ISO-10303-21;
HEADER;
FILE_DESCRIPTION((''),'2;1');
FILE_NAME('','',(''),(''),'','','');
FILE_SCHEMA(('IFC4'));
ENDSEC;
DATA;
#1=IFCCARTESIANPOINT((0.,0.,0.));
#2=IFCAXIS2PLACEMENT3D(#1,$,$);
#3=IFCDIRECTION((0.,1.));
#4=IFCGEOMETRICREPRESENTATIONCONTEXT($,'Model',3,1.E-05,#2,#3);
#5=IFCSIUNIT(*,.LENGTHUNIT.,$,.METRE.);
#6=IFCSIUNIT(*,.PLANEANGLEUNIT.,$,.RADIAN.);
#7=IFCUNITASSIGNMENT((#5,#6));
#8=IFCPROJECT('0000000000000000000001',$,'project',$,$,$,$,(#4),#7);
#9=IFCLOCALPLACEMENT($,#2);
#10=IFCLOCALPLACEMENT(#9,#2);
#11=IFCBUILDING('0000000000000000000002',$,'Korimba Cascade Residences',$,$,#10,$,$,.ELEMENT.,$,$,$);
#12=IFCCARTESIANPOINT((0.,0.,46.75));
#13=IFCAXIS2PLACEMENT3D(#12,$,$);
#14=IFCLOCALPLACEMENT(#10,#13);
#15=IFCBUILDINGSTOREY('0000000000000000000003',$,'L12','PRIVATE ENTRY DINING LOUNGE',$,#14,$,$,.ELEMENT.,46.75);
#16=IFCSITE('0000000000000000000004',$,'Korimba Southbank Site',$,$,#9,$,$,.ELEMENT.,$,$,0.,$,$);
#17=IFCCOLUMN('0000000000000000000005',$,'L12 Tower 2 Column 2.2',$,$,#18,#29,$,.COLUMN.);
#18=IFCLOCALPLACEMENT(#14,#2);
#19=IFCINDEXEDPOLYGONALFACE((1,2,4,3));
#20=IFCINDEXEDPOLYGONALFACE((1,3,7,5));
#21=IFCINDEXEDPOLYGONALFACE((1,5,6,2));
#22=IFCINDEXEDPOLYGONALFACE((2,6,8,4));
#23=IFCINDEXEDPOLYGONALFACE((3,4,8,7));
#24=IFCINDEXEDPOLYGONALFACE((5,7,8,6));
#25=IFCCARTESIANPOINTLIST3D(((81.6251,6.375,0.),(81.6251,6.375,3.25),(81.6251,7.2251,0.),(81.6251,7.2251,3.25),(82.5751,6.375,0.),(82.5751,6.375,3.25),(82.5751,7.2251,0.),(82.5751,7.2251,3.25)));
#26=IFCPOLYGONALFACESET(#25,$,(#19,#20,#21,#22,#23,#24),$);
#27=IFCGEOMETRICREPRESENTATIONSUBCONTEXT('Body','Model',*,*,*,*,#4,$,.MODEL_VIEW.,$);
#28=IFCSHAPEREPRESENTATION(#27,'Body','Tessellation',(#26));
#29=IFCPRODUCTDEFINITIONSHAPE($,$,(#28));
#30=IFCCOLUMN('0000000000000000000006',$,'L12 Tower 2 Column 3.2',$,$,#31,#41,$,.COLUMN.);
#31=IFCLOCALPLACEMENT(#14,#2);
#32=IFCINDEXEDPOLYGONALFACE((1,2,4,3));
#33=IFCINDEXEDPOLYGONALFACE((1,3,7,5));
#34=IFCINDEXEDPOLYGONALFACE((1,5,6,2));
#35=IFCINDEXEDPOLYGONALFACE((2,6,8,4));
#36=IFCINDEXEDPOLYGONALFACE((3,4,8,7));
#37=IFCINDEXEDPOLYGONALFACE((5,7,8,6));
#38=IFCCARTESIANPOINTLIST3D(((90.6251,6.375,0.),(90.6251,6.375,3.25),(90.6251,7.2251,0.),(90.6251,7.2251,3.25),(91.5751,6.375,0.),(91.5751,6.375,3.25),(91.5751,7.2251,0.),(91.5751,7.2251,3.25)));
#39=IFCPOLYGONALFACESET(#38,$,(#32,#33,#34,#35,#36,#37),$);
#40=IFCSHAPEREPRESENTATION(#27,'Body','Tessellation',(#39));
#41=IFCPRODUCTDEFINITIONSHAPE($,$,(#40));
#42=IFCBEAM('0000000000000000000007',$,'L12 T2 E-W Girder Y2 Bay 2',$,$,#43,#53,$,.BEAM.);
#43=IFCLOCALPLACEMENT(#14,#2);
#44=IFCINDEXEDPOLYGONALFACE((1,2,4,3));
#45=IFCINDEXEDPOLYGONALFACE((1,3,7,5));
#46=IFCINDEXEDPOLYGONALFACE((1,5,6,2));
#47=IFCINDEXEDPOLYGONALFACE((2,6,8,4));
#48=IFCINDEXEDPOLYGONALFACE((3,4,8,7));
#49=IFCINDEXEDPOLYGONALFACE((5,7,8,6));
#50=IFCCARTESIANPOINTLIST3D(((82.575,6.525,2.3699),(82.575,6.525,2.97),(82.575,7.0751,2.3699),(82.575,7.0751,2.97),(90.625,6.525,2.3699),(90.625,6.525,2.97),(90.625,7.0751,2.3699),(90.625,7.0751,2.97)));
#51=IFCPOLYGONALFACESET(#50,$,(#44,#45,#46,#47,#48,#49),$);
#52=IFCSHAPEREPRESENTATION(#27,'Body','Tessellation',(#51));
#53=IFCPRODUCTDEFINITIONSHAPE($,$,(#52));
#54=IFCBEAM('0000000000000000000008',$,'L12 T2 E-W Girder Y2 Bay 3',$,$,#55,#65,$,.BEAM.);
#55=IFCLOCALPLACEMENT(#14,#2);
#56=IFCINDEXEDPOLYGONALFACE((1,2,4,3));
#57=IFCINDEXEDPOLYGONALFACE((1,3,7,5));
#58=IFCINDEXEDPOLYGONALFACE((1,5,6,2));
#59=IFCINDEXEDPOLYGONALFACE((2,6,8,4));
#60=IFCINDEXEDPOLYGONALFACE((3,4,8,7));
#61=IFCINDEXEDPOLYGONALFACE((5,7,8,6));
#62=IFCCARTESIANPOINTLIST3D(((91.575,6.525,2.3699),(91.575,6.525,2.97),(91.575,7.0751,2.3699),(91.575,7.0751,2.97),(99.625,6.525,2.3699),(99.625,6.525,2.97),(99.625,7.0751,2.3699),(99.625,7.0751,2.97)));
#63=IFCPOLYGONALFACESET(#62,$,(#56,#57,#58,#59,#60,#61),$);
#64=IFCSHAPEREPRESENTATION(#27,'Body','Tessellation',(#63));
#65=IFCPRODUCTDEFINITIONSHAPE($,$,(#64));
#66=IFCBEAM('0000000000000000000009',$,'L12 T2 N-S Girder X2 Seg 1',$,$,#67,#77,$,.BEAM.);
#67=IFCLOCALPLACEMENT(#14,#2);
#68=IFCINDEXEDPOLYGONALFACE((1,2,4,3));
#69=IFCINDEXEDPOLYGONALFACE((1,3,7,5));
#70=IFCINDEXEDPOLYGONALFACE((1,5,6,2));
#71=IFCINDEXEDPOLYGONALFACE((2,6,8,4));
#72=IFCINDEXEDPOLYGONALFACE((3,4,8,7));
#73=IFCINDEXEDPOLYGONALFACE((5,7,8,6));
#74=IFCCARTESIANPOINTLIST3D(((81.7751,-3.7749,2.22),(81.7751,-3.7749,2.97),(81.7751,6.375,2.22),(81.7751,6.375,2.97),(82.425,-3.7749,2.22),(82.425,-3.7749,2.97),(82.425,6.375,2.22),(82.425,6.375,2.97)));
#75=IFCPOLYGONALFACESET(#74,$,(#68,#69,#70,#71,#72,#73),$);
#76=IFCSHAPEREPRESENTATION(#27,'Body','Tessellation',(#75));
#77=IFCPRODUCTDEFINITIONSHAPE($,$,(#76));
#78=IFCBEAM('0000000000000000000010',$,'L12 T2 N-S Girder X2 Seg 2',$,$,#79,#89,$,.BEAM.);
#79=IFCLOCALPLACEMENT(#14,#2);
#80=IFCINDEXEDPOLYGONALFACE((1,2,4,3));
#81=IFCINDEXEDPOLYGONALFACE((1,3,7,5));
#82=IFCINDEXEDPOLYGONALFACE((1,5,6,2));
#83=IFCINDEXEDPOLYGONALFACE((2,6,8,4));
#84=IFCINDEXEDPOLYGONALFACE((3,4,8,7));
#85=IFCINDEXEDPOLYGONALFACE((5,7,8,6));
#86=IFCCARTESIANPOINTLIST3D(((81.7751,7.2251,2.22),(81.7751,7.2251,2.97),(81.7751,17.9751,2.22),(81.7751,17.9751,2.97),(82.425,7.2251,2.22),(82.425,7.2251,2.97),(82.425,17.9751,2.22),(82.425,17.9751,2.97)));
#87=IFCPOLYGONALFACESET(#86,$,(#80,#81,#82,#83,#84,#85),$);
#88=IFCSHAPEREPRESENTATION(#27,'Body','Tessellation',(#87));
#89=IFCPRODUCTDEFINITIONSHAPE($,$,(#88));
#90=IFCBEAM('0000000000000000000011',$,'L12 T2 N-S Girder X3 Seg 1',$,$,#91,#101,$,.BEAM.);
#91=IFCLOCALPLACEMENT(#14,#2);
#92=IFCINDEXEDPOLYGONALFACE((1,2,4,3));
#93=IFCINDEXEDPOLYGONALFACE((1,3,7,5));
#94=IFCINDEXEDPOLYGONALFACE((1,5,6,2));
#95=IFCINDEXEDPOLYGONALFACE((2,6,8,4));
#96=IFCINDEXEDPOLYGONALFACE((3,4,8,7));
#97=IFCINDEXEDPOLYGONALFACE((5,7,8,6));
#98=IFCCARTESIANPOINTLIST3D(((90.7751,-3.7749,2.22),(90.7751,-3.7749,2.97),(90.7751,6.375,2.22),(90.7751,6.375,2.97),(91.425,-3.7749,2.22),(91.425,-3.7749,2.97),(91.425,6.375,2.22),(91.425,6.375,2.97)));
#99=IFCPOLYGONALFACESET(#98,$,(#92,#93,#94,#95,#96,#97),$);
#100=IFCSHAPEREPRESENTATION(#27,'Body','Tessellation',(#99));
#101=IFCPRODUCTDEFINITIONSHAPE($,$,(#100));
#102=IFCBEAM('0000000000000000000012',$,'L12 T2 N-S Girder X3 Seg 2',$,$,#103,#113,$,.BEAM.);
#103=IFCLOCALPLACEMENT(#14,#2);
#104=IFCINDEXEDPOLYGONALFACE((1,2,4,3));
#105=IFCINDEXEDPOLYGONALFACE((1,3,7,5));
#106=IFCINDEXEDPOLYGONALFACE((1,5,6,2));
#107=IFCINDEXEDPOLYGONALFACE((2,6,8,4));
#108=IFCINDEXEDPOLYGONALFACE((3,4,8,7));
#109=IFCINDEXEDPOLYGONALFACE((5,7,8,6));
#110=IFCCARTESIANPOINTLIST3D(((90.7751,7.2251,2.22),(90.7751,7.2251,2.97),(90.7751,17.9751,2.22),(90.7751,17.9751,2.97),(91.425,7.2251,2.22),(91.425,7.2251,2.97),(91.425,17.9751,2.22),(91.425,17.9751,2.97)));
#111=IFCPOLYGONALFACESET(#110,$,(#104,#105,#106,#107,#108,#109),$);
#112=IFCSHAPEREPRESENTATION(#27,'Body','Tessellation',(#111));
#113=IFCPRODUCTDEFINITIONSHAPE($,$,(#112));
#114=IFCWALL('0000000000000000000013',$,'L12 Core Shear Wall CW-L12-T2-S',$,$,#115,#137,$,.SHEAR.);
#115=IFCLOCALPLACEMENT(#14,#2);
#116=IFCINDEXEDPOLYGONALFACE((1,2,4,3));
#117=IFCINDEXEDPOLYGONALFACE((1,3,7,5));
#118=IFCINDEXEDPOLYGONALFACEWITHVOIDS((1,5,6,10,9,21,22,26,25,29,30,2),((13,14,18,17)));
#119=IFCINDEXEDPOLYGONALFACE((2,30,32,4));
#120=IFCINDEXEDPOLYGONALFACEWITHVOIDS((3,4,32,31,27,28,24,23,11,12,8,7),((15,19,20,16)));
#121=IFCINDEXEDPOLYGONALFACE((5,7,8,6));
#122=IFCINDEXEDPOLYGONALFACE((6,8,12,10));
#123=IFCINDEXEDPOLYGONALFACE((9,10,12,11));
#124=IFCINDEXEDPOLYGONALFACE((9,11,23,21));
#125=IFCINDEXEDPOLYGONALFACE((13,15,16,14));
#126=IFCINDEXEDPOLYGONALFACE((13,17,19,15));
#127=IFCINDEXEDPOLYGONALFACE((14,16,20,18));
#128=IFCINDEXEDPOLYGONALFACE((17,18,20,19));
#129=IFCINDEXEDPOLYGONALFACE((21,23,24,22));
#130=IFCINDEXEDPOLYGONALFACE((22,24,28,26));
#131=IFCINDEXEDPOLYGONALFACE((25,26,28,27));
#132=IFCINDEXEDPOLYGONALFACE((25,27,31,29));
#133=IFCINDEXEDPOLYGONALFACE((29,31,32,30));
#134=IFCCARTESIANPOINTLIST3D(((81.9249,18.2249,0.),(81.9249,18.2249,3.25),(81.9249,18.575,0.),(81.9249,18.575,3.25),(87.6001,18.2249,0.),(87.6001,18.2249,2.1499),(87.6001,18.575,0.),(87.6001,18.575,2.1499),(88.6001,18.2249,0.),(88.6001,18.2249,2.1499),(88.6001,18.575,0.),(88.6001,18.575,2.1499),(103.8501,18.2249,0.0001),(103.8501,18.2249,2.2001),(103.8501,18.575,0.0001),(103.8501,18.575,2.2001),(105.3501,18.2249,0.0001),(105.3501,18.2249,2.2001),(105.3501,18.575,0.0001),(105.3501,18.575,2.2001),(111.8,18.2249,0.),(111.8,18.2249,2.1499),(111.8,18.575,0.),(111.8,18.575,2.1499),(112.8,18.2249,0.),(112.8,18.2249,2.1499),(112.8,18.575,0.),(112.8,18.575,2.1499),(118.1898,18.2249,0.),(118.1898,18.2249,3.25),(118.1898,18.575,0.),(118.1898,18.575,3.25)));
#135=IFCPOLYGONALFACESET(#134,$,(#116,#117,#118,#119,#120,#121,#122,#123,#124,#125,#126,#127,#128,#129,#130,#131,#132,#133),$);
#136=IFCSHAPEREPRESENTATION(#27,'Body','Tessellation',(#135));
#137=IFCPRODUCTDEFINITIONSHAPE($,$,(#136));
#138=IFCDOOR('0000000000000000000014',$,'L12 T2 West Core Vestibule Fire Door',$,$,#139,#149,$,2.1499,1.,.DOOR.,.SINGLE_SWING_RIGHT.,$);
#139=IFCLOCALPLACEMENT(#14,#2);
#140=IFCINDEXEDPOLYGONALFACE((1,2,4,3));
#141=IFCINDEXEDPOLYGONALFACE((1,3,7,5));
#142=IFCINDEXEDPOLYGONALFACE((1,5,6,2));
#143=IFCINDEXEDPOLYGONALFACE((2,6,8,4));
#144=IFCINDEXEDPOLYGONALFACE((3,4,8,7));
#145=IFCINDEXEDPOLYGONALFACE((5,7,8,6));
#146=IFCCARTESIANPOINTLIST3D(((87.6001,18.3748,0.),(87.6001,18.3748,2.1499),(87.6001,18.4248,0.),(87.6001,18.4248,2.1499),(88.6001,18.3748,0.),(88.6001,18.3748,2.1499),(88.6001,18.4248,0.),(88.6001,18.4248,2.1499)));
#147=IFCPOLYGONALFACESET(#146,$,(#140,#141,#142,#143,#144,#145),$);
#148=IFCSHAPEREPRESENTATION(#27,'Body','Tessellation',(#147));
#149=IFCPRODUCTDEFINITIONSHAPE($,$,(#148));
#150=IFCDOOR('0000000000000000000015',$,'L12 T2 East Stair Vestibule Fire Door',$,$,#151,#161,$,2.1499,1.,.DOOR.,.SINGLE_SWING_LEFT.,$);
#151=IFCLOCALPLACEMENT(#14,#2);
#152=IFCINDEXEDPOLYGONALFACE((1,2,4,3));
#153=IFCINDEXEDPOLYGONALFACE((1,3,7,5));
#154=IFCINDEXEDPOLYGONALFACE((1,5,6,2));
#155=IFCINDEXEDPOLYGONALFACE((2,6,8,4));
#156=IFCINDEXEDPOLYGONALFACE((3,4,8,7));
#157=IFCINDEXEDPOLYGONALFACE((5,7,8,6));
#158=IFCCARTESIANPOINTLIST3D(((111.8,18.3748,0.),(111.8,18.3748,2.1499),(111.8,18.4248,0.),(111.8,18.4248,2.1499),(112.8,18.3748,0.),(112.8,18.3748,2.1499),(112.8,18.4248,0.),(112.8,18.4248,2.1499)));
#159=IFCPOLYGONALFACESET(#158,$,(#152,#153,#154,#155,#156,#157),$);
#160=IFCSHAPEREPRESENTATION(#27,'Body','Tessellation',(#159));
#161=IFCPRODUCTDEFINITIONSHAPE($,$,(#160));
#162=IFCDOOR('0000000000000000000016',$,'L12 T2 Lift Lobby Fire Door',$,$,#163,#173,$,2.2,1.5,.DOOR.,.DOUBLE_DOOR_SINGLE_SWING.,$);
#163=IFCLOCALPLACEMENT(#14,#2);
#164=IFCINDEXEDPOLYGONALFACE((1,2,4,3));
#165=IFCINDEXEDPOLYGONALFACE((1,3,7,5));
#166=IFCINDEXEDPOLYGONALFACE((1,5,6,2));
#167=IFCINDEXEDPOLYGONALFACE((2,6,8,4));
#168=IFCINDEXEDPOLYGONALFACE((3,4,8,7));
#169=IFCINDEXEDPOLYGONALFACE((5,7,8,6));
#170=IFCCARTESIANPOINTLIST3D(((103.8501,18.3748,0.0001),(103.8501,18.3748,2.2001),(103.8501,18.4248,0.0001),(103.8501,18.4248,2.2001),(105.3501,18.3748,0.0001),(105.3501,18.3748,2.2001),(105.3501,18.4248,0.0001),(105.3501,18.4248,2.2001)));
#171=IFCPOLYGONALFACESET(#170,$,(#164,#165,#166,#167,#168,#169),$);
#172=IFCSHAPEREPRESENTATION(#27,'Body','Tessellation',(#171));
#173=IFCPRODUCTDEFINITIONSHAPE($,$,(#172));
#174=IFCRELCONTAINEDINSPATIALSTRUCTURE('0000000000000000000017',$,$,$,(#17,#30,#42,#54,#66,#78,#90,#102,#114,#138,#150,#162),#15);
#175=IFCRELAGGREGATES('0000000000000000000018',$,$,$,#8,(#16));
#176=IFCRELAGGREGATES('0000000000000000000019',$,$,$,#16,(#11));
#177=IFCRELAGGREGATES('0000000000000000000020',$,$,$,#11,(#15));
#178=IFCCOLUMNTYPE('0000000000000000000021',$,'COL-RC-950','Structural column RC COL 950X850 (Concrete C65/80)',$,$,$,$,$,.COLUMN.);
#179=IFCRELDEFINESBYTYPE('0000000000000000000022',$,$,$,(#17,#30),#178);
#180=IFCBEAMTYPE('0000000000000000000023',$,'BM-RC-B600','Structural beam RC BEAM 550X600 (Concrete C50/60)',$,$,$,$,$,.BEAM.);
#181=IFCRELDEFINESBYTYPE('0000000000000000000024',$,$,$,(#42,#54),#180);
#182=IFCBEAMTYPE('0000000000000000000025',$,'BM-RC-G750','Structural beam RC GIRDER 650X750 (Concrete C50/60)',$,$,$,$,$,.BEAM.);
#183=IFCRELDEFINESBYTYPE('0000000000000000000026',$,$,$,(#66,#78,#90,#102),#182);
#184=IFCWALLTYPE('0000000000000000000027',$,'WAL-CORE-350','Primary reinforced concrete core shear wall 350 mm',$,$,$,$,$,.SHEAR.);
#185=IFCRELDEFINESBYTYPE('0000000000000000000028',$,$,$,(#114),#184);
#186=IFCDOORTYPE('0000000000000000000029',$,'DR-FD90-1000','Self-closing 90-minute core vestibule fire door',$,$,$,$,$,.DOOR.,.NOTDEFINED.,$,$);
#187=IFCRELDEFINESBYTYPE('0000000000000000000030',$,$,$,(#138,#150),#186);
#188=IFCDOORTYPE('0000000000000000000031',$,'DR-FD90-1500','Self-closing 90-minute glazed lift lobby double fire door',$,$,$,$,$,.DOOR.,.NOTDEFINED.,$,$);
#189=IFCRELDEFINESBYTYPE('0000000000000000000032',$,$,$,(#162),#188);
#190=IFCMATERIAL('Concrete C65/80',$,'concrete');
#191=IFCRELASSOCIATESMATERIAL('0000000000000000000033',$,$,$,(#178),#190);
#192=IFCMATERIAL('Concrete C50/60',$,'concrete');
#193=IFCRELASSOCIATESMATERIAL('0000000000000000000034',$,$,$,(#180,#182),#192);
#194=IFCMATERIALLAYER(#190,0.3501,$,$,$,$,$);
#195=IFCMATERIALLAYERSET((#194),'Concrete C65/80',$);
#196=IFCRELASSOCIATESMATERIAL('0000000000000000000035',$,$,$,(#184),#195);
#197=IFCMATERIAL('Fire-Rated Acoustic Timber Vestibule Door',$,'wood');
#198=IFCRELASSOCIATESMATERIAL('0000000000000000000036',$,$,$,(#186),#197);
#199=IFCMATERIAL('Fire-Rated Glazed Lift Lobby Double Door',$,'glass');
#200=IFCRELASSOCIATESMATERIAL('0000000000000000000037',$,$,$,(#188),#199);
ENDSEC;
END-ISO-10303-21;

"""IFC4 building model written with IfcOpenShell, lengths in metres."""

from ifc_helpers import new_model, si_unit, direction, frame, frame_2d, origin, origin_2d, place, context, subcontext, project, spatial, rectangle, extrude, material, layer, layer_set, material_profile, profile_set, type_object, element, fill, save


model = new_model("IFC4")

# Units and contexts
model_context = context("Model", 3, precision=1e-05, world=origin(), true_north=direction((0.0, 1.0)))
body_context = subcontext(model_context, "Body", "Model", "MODEL_VIEW")
ifc_project = project(units=[si_unit("LENGTHUNIT", "METRE"), si_unit("PLANEANGLEUNIT", "RADIAN")], contexts=[model_context])

# Site, building, storey
site_placement = place(None, origin())
site = spatial("IfcSite", under=ifc_project, at=site_placement, Name="Korimba Southbank Site", CompositionType="ELEMENT", RefElevation=0.0)
building_placement = place(site_placement, origin())
building = spatial("IfcBuilding", under=site, at=building_placement, Name="Korimba Cascade Residences", CompositionType="ELEMENT")
storey_placement = place(building_placement, frame((0.0, 0.0, 46.75)))
storey = spatial("IfcBuildingStorey", under=building, at=storey_placement, Name="L12", Description="PRIVATE ENTRY DINING LOUNGE", CompositionType="ELEMENT", Elevation=46.75)

# Columns
ifc_material_1 = material(Name="Concrete C65/80", Category="concrete")
ifc_material_profile_1 = material_profile(ifc_material_1, rectangle(XDim=0.95, YDim=0.8501, at=origin_2d()), Name="Concrete C65/80")
ifc_profile_set_1 = profile_set([ifc_material_profile_1], Name="Concrete C65/80")
column_type = type_object("IfcColumnType", Name="COL-RC-950", Description="Structural column RC COL 950X850 (Concrete C65/80)", PredefinedType="COLUMN", material=ifc_profile_set_1)
for number, where, z_axis, x_axis, name in (
    (1, (82.1001, 6.8, 0.0), (0.0, 0.0, 1.0), (1.0, 0.0, 0.0), "L12 Tower 2 Column 2.2"),
    (2, (91.1001, 6.8, 0.0), (0.0, 0.0, 1.0), (1.0, 0.0, 0.0), "L12 Tower 2 Column 3.2"),
):
    element("IfcColumn", number, at=place(storey_placement, frame(where, z_axis=z_axis, x_axis=x_axis)), inside=storey, type_object=column_type, Name=name, PredefinedType="COLUMN", context=body_context, shape_type="SweptSolid", body=[
        extrude(rectangle(XDim=0.95, YDim=0.8501, at=origin_2d()), origin(), (0.0, 0.0, 1.0), 3.25),
    ])

# Beams
ifc_material_2 = material(Name="Concrete C50/60", Category="concrete")
ifc_material_profile_2 = material_profile(ifc_material_2, rectangle(XDim=0.55, YDim=0.6001, at=origin_2d()), Name="Concrete C50/60")
ifc_profile_set_2 = profile_set([ifc_material_profile_2], Name="Concrete C50/60")
beam_type_1 = type_object("IfcBeamType", Name="BM-RC-B600", Description="Structural beam RC BEAM 550X600 (Concrete C50/60)", PredefinedType="BEAM", material=ifc_profile_set_2)
for number, where, z_axis, x_axis, name in (
    (3, (82.575, 6.8, 2.6699), (1.0, 0.0, 0.0), (0.0, 1.0, 0.0), "L12 T2 E-W Girder Y2 Bay 2"),
    (4, (91.575, 6.8, 2.6699), (1.0, 0.0, 0.0), (0.0, 1.0, 0.0), "L12 T2 E-W Girder Y2 Bay 3"),
):
    element("IfcBeam", number, at=place(storey_placement, frame(where, z_axis=z_axis, x_axis=x_axis)), inside=storey, type_object=beam_type_1, Name=name, PredefinedType="BEAM", context=body_context, shape_type="SweptSolid", body=[
        extrude(rectangle(XDim=0.55, YDim=0.6001, at=origin_2d()), origin(), (0.0, 0.0, 1.0), 8.05),
    ])
ifc_material_profile_3 = material_profile(ifc_material_2, rectangle(XDim=0.6499, YDim=0.75, at=origin_2d()), Name="Concrete C50/60")
ifc_profile_set_3 = profile_set([ifc_material_profile_3], Name="Concrete C50/60")
beam_type_2 = type_object("IfcBeamType", Name="BM-RC-G750", Description="Structural beam RC GIRDER 650X750 (Concrete C50/60)", PredefinedType="BEAM", material=ifc_profile_set_3)
beam_1_placement = place(storey_placement, frame((82.1001, -3.7749, 2.595), z_axis=(0.0, 1.0, 0.0), x_axis=(-1.0, 0.0, 0.0)))
element("IfcBeam", 5, at=beam_1_placement, inside=storey, type_object=beam_type_2, Name="L12 T2 N-S Girder X2 Seg 1", PredefinedType="BEAM", context=body_context, shape_type="SweptSolid", body=[
    extrude(rectangle(XDim=0.6499, YDim=0.75, at=origin_2d()), origin(), (0.0, 0.0, 1.0), 10.1499),
])
beam_2_placement = place(storey_placement, frame((82.1001, 7.2251, 2.595), z_axis=(0.0, 1.0, 0.0), x_axis=(-1.0, 0.0, 0.0)))
element("IfcBeam", 6, at=beam_2_placement, inside=storey, type_object=beam_type_2, Name="L12 T2 N-S Girder X2 Seg 2", PredefinedType="BEAM", context=body_context, shape_type="SweptSolid", body=[
    extrude(rectangle(XDim=0.6499, YDim=0.75, at=origin_2d()), origin(), (0.0, 0.0, 1.0), 10.75),
])
beam_3_placement = place(storey_placement, frame((91.1001, -3.7749, 2.595), z_axis=(0.0, 1.0, 0.0), x_axis=(-1.0, 0.0, 0.0)))
element("IfcBeam", 7, at=beam_3_placement, inside=storey, type_object=beam_type_2, Name="L12 T2 N-S Girder X3 Seg 1", PredefinedType="BEAM", context=body_context, shape_type="SweptSolid", body=[
    extrude(rectangle(XDim=0.6499, YDim=0.75, at=origin_2d()), origin(), (0.0, 0.0, 1.0), 10.1499),
])
beam_4_placement = place(storey_placement, frame((91.1001, 7.2251, 2.595), z_axis=(0.0, 1.0, 0.0), x_axis=(-1.0, 0.0, 0.0)))
element("IfcBeam", 8, at=beam_4_placement, inside=storey, type_object=beam_type_2, Name="L12 T2 N-S Girder X3 Seg 2", PredefinedType="BEAM", context=body_context, shape_type="SweptSolid", body=[
    extrude(rectangle(XDim=0.6499, YDim=0.75, at=origin_2d()), origin(), (0.0, 0.0, 1.0), 10.75),
])

# Wall, openings, doors
ifc_layer_1 = layer(ifc_material_1, 0.3501)
ifc_layer_set_1 = layer_set([ifc_layer_1], Name="Concrete C65/80")
wall_type_1 = type_object("IfcWallType", Name="WAL-CORE-350", Description="Primary reinforced concrete core shear wall 350 mm", PredefinedType="SHEAR", material=ifc_layer_set_1)
wall_1_placement = place(storey_placement, frame((81.925, 18.3999, 0.0), z_axis=(0.0, 0.0, 1.0), x_axis=(1.0, 0.0, 0.0)))
wall_1 = element("IfcWall", 9, at=wall_1_placement, inside=storey, type_object=wall_type_1, Name="L12 Core Shear Wall CW-L12-T2-S", PredefinedType="SHEAR", context=body_context, shape_type="SweptSolid", body=[
    extrude(rectangle(XDim=36.2649, YDim=0.3501, at=frame_2d((18.1323, 0.0))), origin(), (0.0, 0.0, 1.0), 3.25),
])
opening_1_placement = place(wall_1_placement, frame((5.675, 0.0, 0.0)))
opening_1 = element("IfcOpeningElement", 10, at=opening_1_placement, cuts=wall_1, PredefinedType="OPENING", context=body_context, shape_type="SweptSolid", body=[
    extrude(rectangle(XDim=1.0, YDim=2.1499, at=frame_2d((0.5, 1.075))), frame((0.0, 0.1851, 0.0), z_axis=(0.0, -1.0, 0.0), x_axis=(1.0, 0.0, 0.0)), (0.0, 0.0, 1.0), 0.3701),
])
opening_2_placement = place(wall_1_placement, frame((21.925, 0.0, 0.0)))
opening_2 = element("IfcOpeningElement", 11, at=opening_2_placement, cuts=wall_1, PredefinedType="OPENING", context=body_context, shape_type="SweptSolid", body=[
    extrude(rectangle(XDim=1.5, YDim=2.2, at=frame_2d((0.75, 1.1001))), frame((0.0, 0.1851, 0.0), z_axis=(0.0, -1.0, 0.0), x_axis=(1.0, 0.0, 0.0)), (0.0, 0.0, 1.0), 0.3701),
])
opening_3_placement = place(wall_1_placement, frame((29.875, 0.0, 0.0)))
opening_3 = element("IfcOpeningElement", 12, at=opening_3_placement, cuts=wall_1, PredefinedType="OPENING", context=body_context, shape_type="SweptSolid", body=[
    extrude(rectangle(XDim=1.0, YDim=2.1499, at=frame_2d((0.5, 1.075))), frame((0.0, 0.1851, 0.0), z_axis=(0.0, -1.0, 0.0), x_axis=(1.0, 0.0, 0.0)), (0.0, 0.0, 1.0), 0.3701),
])
ifc_material_3 = material(Name="Fire-Rated Acoustic Timber Vestibule Door", Category="wood")
door_type_1 = type_object("IfcDoorType", Name="DR-FD90-1000", Description="Self-closing 90-minute core vestibule fire door", OperationType="NOTDEFINED", PredefinedType="DOOR", material=ifc_material_3)
door_1_placement = place(opening_1_placement, origin())
door_1 = element("IfcDoor", 13, at=door_1_placement, inside=storey, type_object=door_type_1, Name="L12 T2 West Core Vestibule Fire Door", OperationType="SINGLE_SWING_RIGHT", OverallHeight=2.1499, OverallWidth=1.0, PredefinedType="DOOR", context=body_context, shape_type="SweptSolid", body=[
    extrude(rectangle(XDim=1.0, YDim=2.1499, at=frame_2d((0.5, 1.075))), frame((0.0, 0.0249, 0.0), z_axis=(0.0, -1.0, 0.0), x_axis=(1.0, 0.0, 0.0)), (0.0, 0.0, 1.0), 0.05),
])
fill(opening_1, door_1)
door_2_placement = place(opening_3_placement, origin())
door_2 = element("IfcDoor", 14, at=door_2_placement, inside=storey, type_object=door_type_1, Name="L12 T2 East Stair Vestibule Fire Door", OperationType="SINGLE_SWING_LEFT", OverallHeight=2.1499, OverallWidth=1.0, PredefinedType="DOOR", context=body_context, shape_type="SweptSolid", body=[
    extrude(rectangle(XDim=1.0, YDim=2.1499, at=frame_2d((0.5, 1.075))), frame((0.0, 0.0249, 0.0), z_axis=(0.0, -1.0, 0.0), x_axis=(1.0, 0.0, 0.0)), (0.0, 0.0, 1.0), 0.05),
])
fill(opening_3, door_2)
ifc_material_4 = material(Name="Fire-Rated Glazed Lift Lobby Double Door", Category="glass")
door_type_2 = type_object("IfcDoorType", Name="DR-FD90-1500", Description="Self-closing 90-minute glazed lift lobby double fire door", OperationType="NOTDEFINED", PredefinedType="DOOR", material=ifc_material_4)
door_3_placement = place(opening_2_placement, origin())
door_3 = element("IfcDoor", 15, at=door_3_placement, inside=storey, type_object=door_type_2, Name="L12 T2 Lift Lobby Fire Door", OperationType="DOUBLE_DOOR_SINGLE_SWING", OverallHeight=2.2, OverallWidth=1.5, PredefinedType="DOOR", context=body_context, shape_type="SweptSolid", body=[
    extrude(rectangle(XDim=1.5, YDim=2.2, at=frame_2d((0.75, 1.1001))), frame((0.0, 0.0249, 0.0), z_axis=(0.0, -1.0, 0.0), x_axis=(1.0, 0.0, 0.0)), (0.0, 0.0, 1.0), 0.05),
])
fill(opening_2, door_3)

save(model, "model.ifc")
